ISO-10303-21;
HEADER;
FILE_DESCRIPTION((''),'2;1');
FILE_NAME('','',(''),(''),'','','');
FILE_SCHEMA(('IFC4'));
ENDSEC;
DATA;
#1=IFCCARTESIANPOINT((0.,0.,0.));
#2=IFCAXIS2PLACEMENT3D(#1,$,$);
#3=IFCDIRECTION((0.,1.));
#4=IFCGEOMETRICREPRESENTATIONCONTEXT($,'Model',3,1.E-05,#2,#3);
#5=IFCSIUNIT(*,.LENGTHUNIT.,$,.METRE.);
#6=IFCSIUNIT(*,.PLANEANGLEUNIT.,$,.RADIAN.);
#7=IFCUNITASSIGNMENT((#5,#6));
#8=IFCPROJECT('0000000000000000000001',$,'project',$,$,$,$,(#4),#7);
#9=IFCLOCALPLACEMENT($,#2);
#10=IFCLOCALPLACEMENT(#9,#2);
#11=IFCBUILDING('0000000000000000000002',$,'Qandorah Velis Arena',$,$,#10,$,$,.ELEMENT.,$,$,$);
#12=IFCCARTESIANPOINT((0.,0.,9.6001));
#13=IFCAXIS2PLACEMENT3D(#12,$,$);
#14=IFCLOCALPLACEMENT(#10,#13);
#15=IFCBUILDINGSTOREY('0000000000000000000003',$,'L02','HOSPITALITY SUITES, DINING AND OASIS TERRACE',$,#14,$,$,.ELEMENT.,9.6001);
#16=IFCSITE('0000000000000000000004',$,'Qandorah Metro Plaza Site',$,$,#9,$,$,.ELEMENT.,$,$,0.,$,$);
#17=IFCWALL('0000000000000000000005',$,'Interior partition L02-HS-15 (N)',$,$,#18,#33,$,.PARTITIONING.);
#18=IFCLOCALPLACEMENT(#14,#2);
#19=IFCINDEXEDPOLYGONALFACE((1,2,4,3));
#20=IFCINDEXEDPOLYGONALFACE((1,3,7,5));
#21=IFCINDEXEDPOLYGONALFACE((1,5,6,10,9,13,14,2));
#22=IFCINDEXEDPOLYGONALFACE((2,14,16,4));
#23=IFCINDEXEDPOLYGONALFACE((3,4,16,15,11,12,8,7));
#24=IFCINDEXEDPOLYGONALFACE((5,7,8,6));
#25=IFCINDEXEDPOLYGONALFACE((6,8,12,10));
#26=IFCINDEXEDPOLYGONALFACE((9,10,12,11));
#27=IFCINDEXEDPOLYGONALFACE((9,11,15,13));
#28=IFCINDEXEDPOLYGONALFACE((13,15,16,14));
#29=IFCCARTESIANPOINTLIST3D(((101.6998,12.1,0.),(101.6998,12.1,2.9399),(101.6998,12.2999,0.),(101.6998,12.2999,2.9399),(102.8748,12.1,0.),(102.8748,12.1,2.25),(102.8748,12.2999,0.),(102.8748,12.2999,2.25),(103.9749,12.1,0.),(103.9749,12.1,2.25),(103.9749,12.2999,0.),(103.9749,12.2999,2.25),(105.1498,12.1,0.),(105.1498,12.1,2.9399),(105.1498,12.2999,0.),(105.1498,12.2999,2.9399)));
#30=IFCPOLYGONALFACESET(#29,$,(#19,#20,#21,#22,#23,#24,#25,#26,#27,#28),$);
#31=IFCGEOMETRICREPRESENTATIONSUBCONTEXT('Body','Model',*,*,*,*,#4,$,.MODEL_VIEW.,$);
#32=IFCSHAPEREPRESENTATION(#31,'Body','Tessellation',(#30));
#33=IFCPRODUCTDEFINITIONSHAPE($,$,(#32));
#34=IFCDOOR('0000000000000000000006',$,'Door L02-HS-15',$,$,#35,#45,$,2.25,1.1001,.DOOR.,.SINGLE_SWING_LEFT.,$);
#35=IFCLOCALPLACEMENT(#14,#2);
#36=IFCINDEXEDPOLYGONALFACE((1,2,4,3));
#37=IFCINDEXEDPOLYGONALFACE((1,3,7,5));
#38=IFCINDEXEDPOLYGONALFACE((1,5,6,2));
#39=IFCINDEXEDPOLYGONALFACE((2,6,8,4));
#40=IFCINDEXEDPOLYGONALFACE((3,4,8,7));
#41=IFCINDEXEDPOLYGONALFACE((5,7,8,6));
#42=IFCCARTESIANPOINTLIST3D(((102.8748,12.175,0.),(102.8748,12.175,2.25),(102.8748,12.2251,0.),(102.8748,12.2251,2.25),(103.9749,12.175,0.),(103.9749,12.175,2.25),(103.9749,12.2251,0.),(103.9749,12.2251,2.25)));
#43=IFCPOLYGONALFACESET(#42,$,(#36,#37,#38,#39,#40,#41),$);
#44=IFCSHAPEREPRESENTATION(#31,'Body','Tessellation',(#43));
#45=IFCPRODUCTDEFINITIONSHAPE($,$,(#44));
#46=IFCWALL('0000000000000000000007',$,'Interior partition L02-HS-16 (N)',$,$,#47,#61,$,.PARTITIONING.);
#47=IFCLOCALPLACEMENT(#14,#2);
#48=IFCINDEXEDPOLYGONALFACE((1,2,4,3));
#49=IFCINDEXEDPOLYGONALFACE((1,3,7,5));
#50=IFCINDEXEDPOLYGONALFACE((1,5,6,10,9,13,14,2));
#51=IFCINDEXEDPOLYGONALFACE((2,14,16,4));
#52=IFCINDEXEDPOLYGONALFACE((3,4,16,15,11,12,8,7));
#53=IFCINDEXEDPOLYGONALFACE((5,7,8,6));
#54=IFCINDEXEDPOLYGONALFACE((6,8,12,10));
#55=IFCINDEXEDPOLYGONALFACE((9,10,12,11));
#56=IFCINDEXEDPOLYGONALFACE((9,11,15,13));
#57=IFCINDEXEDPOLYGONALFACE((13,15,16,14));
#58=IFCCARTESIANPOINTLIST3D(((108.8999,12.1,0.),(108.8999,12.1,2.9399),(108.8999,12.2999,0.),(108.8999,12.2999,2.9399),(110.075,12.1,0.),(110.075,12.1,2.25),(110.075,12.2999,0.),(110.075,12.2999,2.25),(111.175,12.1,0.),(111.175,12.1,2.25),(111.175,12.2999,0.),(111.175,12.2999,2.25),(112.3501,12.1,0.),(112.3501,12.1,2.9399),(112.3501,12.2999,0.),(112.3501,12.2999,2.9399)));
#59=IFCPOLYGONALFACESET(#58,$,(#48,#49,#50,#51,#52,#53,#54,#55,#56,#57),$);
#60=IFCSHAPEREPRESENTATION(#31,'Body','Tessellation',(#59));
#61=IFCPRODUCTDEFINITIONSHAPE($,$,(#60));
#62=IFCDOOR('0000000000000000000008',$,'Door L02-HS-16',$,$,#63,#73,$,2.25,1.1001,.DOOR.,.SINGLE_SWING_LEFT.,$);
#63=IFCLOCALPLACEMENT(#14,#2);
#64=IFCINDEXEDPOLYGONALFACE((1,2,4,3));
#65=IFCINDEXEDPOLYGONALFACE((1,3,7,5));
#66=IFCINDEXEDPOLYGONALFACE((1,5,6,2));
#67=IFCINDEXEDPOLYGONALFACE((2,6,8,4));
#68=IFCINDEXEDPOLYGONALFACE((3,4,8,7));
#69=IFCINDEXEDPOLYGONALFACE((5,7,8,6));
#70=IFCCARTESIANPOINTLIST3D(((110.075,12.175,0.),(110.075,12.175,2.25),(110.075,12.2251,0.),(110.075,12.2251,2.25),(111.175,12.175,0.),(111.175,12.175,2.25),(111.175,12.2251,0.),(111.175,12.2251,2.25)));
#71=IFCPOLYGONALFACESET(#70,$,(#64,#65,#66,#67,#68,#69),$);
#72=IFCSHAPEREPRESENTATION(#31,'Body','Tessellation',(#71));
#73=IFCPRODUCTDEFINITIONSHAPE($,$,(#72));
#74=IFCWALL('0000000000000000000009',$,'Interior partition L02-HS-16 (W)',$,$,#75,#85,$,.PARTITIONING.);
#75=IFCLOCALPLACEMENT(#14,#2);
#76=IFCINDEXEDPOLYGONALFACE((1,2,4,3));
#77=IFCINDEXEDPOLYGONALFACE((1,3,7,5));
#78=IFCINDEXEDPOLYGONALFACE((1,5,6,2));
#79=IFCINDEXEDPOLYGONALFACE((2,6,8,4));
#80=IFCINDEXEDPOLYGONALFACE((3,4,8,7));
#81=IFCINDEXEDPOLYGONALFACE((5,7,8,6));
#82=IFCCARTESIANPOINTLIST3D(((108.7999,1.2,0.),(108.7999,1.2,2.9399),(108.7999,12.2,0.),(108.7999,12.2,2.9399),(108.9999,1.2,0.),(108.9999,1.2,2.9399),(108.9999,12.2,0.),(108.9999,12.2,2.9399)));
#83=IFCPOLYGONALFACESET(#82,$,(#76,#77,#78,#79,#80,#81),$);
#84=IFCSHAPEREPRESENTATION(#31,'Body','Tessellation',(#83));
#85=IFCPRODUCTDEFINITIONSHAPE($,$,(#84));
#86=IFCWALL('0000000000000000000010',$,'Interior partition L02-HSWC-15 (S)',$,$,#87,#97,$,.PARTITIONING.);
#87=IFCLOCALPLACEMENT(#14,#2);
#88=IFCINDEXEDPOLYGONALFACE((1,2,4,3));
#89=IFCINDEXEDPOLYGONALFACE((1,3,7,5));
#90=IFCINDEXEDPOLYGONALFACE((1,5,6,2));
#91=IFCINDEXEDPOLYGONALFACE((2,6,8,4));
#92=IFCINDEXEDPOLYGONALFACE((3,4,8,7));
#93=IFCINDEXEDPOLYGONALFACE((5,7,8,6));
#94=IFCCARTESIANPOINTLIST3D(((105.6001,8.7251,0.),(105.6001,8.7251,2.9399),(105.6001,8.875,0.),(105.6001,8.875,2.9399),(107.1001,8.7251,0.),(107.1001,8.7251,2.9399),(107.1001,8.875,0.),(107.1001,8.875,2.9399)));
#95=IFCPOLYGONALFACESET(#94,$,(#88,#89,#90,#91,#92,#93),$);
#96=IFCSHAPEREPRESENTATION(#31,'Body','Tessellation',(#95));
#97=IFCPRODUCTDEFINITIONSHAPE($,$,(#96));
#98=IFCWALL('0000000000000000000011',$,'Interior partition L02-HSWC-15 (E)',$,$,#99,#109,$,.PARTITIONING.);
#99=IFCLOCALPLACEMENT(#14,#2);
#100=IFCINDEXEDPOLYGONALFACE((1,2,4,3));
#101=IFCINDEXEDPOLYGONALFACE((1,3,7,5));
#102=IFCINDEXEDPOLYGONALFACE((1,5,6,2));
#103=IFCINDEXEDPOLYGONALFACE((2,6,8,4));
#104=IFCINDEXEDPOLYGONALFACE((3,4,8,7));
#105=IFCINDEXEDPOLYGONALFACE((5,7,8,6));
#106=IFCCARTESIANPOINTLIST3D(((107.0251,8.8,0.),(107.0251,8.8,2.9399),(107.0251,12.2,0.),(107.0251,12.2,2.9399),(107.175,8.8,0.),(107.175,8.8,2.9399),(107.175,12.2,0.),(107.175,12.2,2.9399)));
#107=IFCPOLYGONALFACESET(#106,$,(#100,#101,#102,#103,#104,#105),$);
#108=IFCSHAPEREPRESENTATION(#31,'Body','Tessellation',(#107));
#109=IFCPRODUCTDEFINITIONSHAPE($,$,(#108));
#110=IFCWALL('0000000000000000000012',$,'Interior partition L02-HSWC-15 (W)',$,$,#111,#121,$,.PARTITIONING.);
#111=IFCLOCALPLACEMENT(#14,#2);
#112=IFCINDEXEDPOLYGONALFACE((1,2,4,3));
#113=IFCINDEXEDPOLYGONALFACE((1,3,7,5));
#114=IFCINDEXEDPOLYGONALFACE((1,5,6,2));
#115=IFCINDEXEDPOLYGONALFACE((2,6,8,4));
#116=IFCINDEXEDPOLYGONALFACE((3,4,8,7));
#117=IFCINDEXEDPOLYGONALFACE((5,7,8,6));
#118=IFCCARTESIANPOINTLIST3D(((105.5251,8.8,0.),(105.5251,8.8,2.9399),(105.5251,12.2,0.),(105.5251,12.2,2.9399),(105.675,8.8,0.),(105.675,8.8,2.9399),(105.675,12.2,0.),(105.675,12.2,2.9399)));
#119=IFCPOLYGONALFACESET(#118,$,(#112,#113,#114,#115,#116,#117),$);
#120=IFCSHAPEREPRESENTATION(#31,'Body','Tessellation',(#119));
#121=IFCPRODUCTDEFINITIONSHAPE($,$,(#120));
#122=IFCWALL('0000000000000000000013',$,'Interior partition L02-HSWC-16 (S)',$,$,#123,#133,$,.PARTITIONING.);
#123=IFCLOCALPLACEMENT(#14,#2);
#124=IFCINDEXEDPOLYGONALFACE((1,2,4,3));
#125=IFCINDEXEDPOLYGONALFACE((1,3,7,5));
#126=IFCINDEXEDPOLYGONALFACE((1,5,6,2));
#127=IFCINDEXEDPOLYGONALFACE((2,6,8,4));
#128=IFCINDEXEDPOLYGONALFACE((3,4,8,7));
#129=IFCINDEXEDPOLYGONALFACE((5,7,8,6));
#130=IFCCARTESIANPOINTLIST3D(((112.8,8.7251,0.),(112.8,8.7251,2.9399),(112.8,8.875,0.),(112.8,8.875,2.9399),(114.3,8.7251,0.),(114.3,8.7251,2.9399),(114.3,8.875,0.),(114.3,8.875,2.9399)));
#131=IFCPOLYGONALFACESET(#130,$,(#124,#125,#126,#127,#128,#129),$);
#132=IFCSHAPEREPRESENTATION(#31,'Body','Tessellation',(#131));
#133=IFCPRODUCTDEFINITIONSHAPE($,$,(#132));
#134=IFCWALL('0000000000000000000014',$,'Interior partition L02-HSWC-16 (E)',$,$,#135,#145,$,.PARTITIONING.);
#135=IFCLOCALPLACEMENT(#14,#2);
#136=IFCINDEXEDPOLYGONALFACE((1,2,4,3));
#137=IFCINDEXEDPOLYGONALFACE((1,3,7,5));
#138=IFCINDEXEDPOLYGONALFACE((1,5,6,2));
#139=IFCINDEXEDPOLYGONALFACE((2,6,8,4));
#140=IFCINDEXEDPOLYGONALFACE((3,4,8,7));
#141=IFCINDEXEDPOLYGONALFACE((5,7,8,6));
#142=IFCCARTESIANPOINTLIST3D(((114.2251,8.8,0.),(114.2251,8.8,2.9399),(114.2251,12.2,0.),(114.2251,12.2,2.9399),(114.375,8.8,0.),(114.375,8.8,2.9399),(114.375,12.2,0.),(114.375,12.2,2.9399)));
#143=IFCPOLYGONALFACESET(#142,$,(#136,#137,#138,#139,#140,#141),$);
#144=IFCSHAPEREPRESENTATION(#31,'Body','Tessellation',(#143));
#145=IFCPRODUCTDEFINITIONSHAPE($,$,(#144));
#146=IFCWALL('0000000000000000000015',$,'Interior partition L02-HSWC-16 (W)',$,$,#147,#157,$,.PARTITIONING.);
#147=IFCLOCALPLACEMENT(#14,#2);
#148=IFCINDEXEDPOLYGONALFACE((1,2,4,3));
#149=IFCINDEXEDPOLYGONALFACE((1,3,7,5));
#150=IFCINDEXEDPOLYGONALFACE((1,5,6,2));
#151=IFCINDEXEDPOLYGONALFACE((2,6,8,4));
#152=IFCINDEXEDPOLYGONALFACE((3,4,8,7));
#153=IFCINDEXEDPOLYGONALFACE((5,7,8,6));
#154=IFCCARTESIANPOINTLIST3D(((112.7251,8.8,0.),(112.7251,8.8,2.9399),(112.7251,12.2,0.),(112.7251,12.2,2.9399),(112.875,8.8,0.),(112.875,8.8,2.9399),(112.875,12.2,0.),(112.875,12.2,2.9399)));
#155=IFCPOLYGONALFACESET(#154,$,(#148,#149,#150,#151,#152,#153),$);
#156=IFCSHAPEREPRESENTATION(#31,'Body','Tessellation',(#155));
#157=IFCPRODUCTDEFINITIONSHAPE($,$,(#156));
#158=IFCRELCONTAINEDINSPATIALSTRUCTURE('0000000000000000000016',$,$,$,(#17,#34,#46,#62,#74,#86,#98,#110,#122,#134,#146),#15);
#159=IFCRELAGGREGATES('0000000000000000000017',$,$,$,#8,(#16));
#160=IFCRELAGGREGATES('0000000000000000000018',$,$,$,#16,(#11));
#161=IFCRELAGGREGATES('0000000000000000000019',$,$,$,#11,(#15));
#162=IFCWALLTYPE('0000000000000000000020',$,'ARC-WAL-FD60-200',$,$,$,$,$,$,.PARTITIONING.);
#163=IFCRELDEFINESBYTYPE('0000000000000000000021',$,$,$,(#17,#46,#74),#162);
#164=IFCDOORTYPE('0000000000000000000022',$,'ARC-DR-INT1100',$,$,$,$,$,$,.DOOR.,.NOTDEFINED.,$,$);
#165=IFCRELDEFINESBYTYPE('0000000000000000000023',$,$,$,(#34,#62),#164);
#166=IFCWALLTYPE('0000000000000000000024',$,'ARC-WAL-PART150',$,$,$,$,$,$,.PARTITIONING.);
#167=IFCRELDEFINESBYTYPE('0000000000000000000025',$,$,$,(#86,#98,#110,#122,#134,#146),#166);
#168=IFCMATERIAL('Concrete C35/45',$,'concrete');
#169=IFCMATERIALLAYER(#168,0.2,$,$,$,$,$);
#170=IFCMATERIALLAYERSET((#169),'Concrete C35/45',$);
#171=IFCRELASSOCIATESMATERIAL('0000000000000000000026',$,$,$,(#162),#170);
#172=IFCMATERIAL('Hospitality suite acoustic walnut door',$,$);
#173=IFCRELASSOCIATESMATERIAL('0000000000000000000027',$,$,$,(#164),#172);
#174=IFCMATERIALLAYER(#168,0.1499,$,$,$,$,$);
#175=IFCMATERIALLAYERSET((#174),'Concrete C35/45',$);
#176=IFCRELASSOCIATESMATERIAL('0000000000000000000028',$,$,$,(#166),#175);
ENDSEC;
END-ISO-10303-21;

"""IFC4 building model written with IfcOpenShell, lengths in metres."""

from ifc_helpers import new_model, si_unit, direction, frame, frame_2d, origin, place, context, subcontext, project, spatial, rectangle, extrude, material, layer, layer_set, type_object, element, fill, save


model = new_model("IFC4")

# Units and contexts
model_context = context("Model", 3, precision=1e-05, world=origin(), true_north=direction((0.0, 1.0)))
body_context = subcontext(model_context, "Body", "Model", "MODEL_VIEW")
ifc_project = project(units=[si_unit("LENGTHUNIT", "METRE"), si_unit("PLANEANGLEUNIT", "RADIAN")], contexts=[model_context])

# Site, building, storey
site_placement = place(None, origin())
site = spatial("IfcSite", under=ifc_project, at=site_placement, Name="Qandorah Metro Plaza Site", CompositionType="ELEMENT", RefElevation=0.0)
building_placement = place(site_placement, origin())
building = spatial("IfcBuilding", under=site, at=building_placement, Name="Qandorah Velis Arena", CompositionType="ELEMENT")
storey_placement = place(building_placement, frame((0.0, 0.0, 9.6001)))
storey = spatial("IfcBuildingStorey", under=building, at=storey_placement, Name="L02", Description="HOSPITALITY SUITES, DINING AND OASIS TERRACE", CompositionType="ELEMENT", Elevation=9.6001)

# Walls, openings, doors
ifc_material_1 = material(Name="Concrete C35/45", Category="concrete")
ifc_layer_1 = layer(ifc_material_1, 0.2)
ifc_layer_set_1 = layer_set([ifc_layer_1], Name="Concrete C35/45")
wall_type_1 = type_object("IfcWallType", Name="ARC-WAL-FD60-200", PredefinedType="PARTITIONING", material=ifc_layer_set_1)
wall_1_placement = place(storey_placement, frame((105.1499, 12.2, 0.0), z_axis=(0.0, 0.0, 1.0), x_axis=(-1.0, 0.0, 0.0)))
wall_1 = element("IfcWall", 1, at=wall_1_placement, inside=storey, type_object=wall_type_1, Name="Interior partition L02-HS-15 (N)", PredefinedType="PARTITIONING", context=body_context, shape_type="SweptSolid", body=[
    extrude(rectangle(XDim=3.45, YDim=0.2, at=frame_2d((1.7251, 0.0))), origin(), (0.0, 0.0, 1.0), 2.9399),
])
opening_1_placement = place(wall_1_placement, frame((1.175, 0.0, 0.0)))
opening_1 = element("IfcOpeningElement", 2, at=opening_1_placement, cuts=wall_1, PredefinedType="OPENING", context=body_context, shape_type="SweptSolid", body=[
    extrude(rectangle(XDim=1.1001, YDim=2.25, at=frame_2d((0.55, 1.125))), frame((0.0, 0.1099, 0.0), z_axis=(0.0, -1.0, 0.0), x_axis=(1.0, 0.0, 0.0)), (0.0, 0.0, 1.0), 0.22),
])
ifc_material_2 = material(Name="Hospitality suite acoustic walnut door")
door_type_1 = type_object("IfcDoorType", Name="ARC-DR-INT1100", OperationType="NOTDEFINED", PredefinedType="DOOR", material=ifc_material_2)
door_1_placement = place(opening_1_placement, origin())
door_1 = element("IfcDoor", 3, at=door_1_placement, inside=storey, type_object=door_type_1, Name="Door L02-HS-15", OperationType="SINGLE_SWING_LEFT", OverallHeight=2.25, OverallWidth=1.1001, PredefinedType="DOOR", context=body_context, shape_type="SweptSolid", body=[
    extrude(rectangle(XDim=1.1001, YDim=2.25, at=frame_2d((0.55, 1.125))), frame((0.0, 0.0249, 0.0), z_axis=(0.0, -1.0, 0.0), x_axis=(1.0, 0.0, 0.0)), (0.0, 0.0, 1.0), 0.05),
])
fill(opening_1, door_1)
wall_2_placement = place(storey_placement, frame((112.3501, 12.2, 0.0), z_axis=(0.0, 0.0, 1.0), x_axis=(-1.0, 0.0, 0.0)))
wall_2 = element("IfcWall", 4, at=wall_2_placement, inside=storey, type_object=wall_type_1, Name="Interior partition L02-HS-16 (N)", PredefinedType="PARTITIONING", context=body_context, shape_type="SweptSolid", body=[
    extrude(rectangle(XDim=3.4502, YDim=0.2, at=frame_2d((1.7251, 0.0))), origin(), (0.0, 0.0, 1.0), 2.9399),
])
opening_2_placement = place(wall_2_placement, frame((1.175, 0.0, 0.0)))
opening_2 = element("IfcOpeningElement", 5, at=opening_2_placement, cuts=wall_2, PredefinedType="OPENING", context=body_context, shape_type="SweptSolid", body=[
    extrude(rectangle(XDim=1.1001, YDim=2.25, at=frame_2d((0.55, 1.125))), frame((0.0, 0.1099, 0.0), z_axis=(0.0, -1.0, 0.0), x_axis=(1.0, 0.0, 0.0)), (0.0, 0.0, 1.0), 0.22),
])
door_2_placement = place(opening_2_placement, origin())
door_2 = element("IfcDoor", 6, at=door_2_placement, inside=storey, type_object=door_type_1, Name="Door L02-HS-16", OperationType="SINGLE_SWING_LEFT", OverallHeight=2.25, OverallWidth=1.1001, PredefinedType="DOOR", context=body_context, shape_type="SweptSolid", body=[
    extrude(rectangle(XDim=1.1001, YDim=2.25, at=frame_2d((0.55, 1.125))), frame((0.0, 0.0249, 0.0), z_axis=(0.0, -1.0, 0.0), x_axis=(1.0, 0.0, 0.0)), (0.0, 0.0, 1.0), 0.05),
])
fill(opening_2, door_2)

# Walls
wall_3_placement = place(storey_placement, frame((108.8999, 12.2, 0.0), z_axis=(0.0, 0.0, 1.0), x_axis=(0.0, -1.0, 0.0)))
element("IfcWall", 7, at=wall_3_placement, inside=storey, type_object=wall_type_1, Name="Interior partition L02-HS-16 (W)", PredefinedType="PARTITIONING", context=body_context, shape_type="SweptSolid", body=[
    extrude(rectangle(XDim=11.0, YDim=0.2, at=frame_2d((5.5, 0.0))), origin(), (0.0, 0.0, 1.0), 2.9399),
])
ifc_layer_2 = layer(ifc_material_1, 0.1499)
ifc_layer_set_2 = layer_set([ifc_layer_2], Name="Concrete C35/45")
wall_type_2 = type_object("IfcWallType", Name="ARC-WAL-PART150", PredefinedType="PARTITIONING", material=ifc_layer_set_2)
wall_4_placement = place(storey_placement, frame((105.6001, 8.8, 0.0), z_axis=(0.0, 0.0, 1.0), x_axis=(1.0, 0.0, 0.0)))
element("IfcWall", 8, at=wall_4_placement, inside=storey, type_object=wall_type_2, Name="Interior partition L02-HSWC-15 (S)", PredefinedType="PARTITIONING", context=body_context, shape_type="SweptSolid", body=[
    extrude(rectangle(XDim=1.5, YDim=0.1499, at=frame_2d((0.75, 0.0))), origin(), (0.0, 0.0, 1.0), 2.9399),
])
wall_5_placement = place(storey_placement, frame((107.1001, 8.8, 0.0), z_axis=(0.0, 0.0, 1.0), x_axis=(0.0, 1.0, 0.0)))
element("IfcWall", 9, at=wall_5_placement, inside=storey, type_object=wall_type_2, Name="Interior partition L02-HSWC-15 (E)", PredefinedType="PARTITIONING", context=body_context, shape_type="SweptSolid", body=[
    extrude(rectangle(XDim=3.3999, YDim=0.1499, at=frame_2d((1.7, 0.0))), origin(), (0.0, 0.0, 1.0), 2.9399),
])

# Walls
wall_6_placement = place(storey_placement, frame((105.6001, 12.2, 0.0), z_axis=(0.0, 0.0, 1.0), x_axis=(0.0, -1.0, 0.0)))
element("IfcWall", 10, at=wall_6_placement, inside=storey, type_object=wall_type_2, Name="Interior partition L02-HSWC-15 (W)", PredefinedType="PARTITIONING", context=body_context, shape_type="SweptSolid", body=[
    extrude(rectangle(XDim=3.3999, YDim=0.1499, at=frame_2d((1.7, 0.0))), origin(), (0.0, 0.0, 1.0), 2.9399),
])
wall_7_placement = place(storey_placement, frame((112.8, 8.8, 0.0), z_axis=(0.0, 0.0, 1.0), x_axis=(1.0, 0.0, 0.0)))
element("IfcWall", 11, at=wall_7_placement, inside=storey, type_object=wall_type_2, Name="Interior partition L02-HSWC-16 (S)", PredefinedType="PARTITIONING", context=body_context, shape_type="SweptSolid", body=[
    extrude(rectangle(XDim=1.5, YDim=0.1499, at=frame_2d((0.75, 0.0))), origin(), (0.0, 0.0, 1.0), 2.9399),
])
wall_8_placement = place(storey_placement, frame((114.3, 8.8, 0.0), z_axis=(0.0, 0.0, 1.0), x_axis=(0.0, 1.0, 0.0)))
element("IfcWall", 12, at=wall_8_placement, inside=storey, type_object=wall_type_2, Name="Interior partition L02-HSWC-16 (E)", PredefinedType="PARTITIONING", context=body_context, shape_type="SweptSolid", body=[
    extrude(rectangle(XDim=3.3999, YDim=0.1499, at=frame_2d((1.7, 0.0))), origin(), (0.0, 0.0, 1.0), 2.9399),
])

# Wall
wall_9_placement = place(storey_placement, frame((112.8, 12.2, 0.0), z_axis=(0.0, 0.0, 1.0), x_axis=(0.0, -1.0, 0.0)))
element("IfcWall", 13, at=wall_9_placement, inside=storey, type_object=wall_type_2, Name="Interior partition L02-HSWC-16 (W)", PredefinedType="PARTITIONING", context=body_context, shape_type="SweptSolid", body=[
    extrude(rectangle(XDim=3.3999, YDim=0.1499, at=frame_2d((1.7, 0.0))), origin(), (0.0, 0.0, 1.0), 2.9399),
])

save(model, "model.ifc")
